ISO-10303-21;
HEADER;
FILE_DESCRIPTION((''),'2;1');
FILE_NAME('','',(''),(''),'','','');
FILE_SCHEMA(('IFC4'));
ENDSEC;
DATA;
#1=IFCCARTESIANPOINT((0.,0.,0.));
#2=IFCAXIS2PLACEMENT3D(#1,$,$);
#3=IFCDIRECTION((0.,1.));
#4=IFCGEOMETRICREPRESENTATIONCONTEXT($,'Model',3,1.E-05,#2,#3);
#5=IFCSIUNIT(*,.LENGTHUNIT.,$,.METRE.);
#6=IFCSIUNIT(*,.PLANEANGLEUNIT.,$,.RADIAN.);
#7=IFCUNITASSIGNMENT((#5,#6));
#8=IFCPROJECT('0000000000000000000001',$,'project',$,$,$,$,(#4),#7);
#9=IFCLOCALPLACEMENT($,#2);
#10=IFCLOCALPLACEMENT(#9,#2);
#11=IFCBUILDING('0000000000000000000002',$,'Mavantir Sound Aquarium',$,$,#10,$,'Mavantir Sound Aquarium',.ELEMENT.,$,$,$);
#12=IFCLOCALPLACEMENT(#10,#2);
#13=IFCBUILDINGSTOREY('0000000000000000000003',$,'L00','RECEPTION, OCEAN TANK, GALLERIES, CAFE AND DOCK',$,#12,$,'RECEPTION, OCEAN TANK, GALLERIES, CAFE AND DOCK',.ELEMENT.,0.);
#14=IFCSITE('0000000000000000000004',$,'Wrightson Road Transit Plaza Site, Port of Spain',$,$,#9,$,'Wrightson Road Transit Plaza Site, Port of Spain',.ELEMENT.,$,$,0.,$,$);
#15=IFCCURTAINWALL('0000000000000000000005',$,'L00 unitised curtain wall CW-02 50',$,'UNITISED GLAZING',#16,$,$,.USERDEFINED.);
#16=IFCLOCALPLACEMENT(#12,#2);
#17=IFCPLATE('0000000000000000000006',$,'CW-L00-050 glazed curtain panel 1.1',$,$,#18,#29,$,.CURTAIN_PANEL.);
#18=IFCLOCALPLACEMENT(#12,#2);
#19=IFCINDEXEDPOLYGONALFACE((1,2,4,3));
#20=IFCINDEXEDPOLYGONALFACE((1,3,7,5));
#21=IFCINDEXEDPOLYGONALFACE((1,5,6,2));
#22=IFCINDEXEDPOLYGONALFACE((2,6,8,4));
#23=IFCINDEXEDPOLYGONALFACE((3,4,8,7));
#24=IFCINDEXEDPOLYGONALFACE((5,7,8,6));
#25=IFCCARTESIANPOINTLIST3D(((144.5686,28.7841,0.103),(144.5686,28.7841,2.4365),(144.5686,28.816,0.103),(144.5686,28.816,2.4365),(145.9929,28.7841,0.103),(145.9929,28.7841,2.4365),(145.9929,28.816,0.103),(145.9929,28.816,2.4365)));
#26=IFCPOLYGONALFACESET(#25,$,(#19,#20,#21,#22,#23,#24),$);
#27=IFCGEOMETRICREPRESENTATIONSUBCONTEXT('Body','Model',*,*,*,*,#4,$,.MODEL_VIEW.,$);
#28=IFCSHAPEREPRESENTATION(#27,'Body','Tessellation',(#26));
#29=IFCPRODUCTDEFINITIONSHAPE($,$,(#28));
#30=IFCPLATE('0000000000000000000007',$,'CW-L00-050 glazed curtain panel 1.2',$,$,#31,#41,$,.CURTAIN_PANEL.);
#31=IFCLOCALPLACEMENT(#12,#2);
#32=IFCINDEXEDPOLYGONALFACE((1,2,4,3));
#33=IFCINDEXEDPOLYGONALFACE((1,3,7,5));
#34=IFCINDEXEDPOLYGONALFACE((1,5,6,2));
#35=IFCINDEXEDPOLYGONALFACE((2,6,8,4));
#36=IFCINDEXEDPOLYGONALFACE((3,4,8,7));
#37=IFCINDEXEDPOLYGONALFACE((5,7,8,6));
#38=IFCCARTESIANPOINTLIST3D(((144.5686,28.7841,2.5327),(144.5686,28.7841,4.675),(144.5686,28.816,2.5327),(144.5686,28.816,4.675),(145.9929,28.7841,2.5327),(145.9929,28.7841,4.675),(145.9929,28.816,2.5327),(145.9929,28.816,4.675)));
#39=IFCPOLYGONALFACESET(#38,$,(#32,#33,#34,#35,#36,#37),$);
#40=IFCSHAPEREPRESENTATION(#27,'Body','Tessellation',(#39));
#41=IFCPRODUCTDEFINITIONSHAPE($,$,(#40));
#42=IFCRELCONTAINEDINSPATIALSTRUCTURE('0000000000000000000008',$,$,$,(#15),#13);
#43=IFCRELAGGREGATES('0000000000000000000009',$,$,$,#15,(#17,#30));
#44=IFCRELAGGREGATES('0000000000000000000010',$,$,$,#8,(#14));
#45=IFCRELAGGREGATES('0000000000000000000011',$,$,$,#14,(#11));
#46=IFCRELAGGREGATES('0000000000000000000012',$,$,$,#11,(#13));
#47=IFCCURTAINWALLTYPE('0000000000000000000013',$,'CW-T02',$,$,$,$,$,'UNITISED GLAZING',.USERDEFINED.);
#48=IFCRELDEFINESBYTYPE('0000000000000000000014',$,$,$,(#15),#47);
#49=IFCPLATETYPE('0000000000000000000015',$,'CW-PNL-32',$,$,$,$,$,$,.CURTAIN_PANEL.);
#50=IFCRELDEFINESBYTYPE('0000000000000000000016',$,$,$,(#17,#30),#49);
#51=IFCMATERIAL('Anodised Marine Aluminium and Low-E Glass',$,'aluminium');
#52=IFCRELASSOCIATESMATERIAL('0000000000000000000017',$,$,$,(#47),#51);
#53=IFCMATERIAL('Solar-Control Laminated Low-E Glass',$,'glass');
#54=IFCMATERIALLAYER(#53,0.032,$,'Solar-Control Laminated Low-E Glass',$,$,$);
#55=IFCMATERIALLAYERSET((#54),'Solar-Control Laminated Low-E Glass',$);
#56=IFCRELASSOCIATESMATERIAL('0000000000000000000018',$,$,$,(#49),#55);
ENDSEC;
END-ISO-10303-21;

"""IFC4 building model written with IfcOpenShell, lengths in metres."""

from ifc_helpers import new_model, si_unit, direction, frame, origin, origin_2d, place, context, subcontext, project, spatial, rectangle, extrude, material, layer, layer_set, type_object, element, aggregate, save


model = new_model("IFC4")

# Units and contexts
model_context = context("Model", 3, precision=1e-05, world=origin(), true_north=direction((0.0, 1.0)))
body_context = subcontext(model_context, "Body", "Model", "MODEL_VIEW")
ifc_project = project(units=[si_unit("LENGTHUNIT", "METRE"), si_unit("PLANEANGLEUNIT", "RADIAN")], contexts=[model_context])

# Site, building, storey
site_placement = place(None, origin())
site = spatial("IfcSite", under=ifc_project, at=site_placement, Name="Wrightson Road Transit Plaza Site, Port of Spain", LongName="Wrightson Road Transit Plaza Site, Port of Spain", CompositionType="ELEMENT", RefElevation=0.0)
building_placement = place(site_placement, origin())
building = spatial("IfcBuilding", under=site, at=building_placement, Name="Mavantir Sound Aquarium", LongName="Mavantir Sound Aquarium", CompositionType="ELEMENT")
storey_placement = place(building_placement, origin())
storey = spatial("IfcBuildingStorey", under=building, at=storey_placement, Name="L00", Description="RECEPTION, OCEAN TANK, GALLERIES, CAFE AND DOCK", LongName="RECEPTION, OCEAN TANK, GALLERIES, CAFE AND DOCK", CompositionType="ELEMENT", Elevation=0.0)

# Shared definitions
ifc_material_1 = material(Name="Anodised Marine Aluminium and Low-E Glass", Category="aluminium")

# Curtain wall
curtain_wall_type_1 = type_object("IfcCurtainWallType", Name="CW-T02", ElementType="UNITISED GLAZING", PredefinedType="USERDEFINED", material=ifc_material_1)
curtain_wall_1_placement = place(storey_placement, origin())
curtain_wall_1 = element("IfcCurtainWall", 1, at=curtain_wall_1_placement, inside=storey, type_object=curtain_wall_type_1, Name="L00 unitised curtain wall CW-02 50", ObjectType="UNITISED GLAZING", PredefinedType="USERDEFINED")

# Plates
ifc_material_2 = material(Name="Solar-Control Laminated Low-E Glass", Category="glass")
ifc_layer_1 = layer(ifc_material_2, 0.032, Name="Solar-Control Laminated Low-E Glass")
ifc_layer_set_1 = layer_set([ifc_layer_1], Name="Solar-Control Laminated Low-E Glass")
plate_type_1 = type_object("IfcPlateType", Name="CW-PNL-32", PredefinedType="CURTAIN_PANEL", material=ifc_layer_set_1)
plate_1_placement = place(storey_placement, frame((145.2808, 28.8, 0.103), z_axis=(0.0, 0.0, 1.0), x_axis=(-1.0, 0.0, 0.0)))
plate_1 = element("IfcPlate", 2, at=plate_1_placement, type_object=plate_type_1, Name="CW-L00-050 glazed curtain panel 1.1", PredefinedType="CURTAIN_PANEL", context=body_context, shape_type="SweptSolid", body=[
    extrude(rectangle(XDim=1.4243, YDim=0.032, at=origin_2d()), origin(), (0.0, 0.0, 1.0), 2.3335),
])
plate_2_placement = place(storey_placement, frame((145.2808, 28.8, 2.5327), z_axis=(0.0, 0.0, 1.0), x_axis=(-1.0, 0.0, 0.0)))
plate_2 = element("IfcPlate", 3, at=plate_2_placement, type_object=plate_type_1, Name="CW-L00-050 glazed curtain panel 1.2", PredefinedType="CURTAIN_PANEL", context=body_context, shape_type="SweptSolid", body=[
    extrude(rectangle(XDim=1.4243, YDim=0.032, at=origin_2d()), origin(), (0.0, 0.0, 1.0), 2.1423),
])
aggregate(curtain_wall_1, [plate_1, plate_2])

save(model, "model.ifc")
